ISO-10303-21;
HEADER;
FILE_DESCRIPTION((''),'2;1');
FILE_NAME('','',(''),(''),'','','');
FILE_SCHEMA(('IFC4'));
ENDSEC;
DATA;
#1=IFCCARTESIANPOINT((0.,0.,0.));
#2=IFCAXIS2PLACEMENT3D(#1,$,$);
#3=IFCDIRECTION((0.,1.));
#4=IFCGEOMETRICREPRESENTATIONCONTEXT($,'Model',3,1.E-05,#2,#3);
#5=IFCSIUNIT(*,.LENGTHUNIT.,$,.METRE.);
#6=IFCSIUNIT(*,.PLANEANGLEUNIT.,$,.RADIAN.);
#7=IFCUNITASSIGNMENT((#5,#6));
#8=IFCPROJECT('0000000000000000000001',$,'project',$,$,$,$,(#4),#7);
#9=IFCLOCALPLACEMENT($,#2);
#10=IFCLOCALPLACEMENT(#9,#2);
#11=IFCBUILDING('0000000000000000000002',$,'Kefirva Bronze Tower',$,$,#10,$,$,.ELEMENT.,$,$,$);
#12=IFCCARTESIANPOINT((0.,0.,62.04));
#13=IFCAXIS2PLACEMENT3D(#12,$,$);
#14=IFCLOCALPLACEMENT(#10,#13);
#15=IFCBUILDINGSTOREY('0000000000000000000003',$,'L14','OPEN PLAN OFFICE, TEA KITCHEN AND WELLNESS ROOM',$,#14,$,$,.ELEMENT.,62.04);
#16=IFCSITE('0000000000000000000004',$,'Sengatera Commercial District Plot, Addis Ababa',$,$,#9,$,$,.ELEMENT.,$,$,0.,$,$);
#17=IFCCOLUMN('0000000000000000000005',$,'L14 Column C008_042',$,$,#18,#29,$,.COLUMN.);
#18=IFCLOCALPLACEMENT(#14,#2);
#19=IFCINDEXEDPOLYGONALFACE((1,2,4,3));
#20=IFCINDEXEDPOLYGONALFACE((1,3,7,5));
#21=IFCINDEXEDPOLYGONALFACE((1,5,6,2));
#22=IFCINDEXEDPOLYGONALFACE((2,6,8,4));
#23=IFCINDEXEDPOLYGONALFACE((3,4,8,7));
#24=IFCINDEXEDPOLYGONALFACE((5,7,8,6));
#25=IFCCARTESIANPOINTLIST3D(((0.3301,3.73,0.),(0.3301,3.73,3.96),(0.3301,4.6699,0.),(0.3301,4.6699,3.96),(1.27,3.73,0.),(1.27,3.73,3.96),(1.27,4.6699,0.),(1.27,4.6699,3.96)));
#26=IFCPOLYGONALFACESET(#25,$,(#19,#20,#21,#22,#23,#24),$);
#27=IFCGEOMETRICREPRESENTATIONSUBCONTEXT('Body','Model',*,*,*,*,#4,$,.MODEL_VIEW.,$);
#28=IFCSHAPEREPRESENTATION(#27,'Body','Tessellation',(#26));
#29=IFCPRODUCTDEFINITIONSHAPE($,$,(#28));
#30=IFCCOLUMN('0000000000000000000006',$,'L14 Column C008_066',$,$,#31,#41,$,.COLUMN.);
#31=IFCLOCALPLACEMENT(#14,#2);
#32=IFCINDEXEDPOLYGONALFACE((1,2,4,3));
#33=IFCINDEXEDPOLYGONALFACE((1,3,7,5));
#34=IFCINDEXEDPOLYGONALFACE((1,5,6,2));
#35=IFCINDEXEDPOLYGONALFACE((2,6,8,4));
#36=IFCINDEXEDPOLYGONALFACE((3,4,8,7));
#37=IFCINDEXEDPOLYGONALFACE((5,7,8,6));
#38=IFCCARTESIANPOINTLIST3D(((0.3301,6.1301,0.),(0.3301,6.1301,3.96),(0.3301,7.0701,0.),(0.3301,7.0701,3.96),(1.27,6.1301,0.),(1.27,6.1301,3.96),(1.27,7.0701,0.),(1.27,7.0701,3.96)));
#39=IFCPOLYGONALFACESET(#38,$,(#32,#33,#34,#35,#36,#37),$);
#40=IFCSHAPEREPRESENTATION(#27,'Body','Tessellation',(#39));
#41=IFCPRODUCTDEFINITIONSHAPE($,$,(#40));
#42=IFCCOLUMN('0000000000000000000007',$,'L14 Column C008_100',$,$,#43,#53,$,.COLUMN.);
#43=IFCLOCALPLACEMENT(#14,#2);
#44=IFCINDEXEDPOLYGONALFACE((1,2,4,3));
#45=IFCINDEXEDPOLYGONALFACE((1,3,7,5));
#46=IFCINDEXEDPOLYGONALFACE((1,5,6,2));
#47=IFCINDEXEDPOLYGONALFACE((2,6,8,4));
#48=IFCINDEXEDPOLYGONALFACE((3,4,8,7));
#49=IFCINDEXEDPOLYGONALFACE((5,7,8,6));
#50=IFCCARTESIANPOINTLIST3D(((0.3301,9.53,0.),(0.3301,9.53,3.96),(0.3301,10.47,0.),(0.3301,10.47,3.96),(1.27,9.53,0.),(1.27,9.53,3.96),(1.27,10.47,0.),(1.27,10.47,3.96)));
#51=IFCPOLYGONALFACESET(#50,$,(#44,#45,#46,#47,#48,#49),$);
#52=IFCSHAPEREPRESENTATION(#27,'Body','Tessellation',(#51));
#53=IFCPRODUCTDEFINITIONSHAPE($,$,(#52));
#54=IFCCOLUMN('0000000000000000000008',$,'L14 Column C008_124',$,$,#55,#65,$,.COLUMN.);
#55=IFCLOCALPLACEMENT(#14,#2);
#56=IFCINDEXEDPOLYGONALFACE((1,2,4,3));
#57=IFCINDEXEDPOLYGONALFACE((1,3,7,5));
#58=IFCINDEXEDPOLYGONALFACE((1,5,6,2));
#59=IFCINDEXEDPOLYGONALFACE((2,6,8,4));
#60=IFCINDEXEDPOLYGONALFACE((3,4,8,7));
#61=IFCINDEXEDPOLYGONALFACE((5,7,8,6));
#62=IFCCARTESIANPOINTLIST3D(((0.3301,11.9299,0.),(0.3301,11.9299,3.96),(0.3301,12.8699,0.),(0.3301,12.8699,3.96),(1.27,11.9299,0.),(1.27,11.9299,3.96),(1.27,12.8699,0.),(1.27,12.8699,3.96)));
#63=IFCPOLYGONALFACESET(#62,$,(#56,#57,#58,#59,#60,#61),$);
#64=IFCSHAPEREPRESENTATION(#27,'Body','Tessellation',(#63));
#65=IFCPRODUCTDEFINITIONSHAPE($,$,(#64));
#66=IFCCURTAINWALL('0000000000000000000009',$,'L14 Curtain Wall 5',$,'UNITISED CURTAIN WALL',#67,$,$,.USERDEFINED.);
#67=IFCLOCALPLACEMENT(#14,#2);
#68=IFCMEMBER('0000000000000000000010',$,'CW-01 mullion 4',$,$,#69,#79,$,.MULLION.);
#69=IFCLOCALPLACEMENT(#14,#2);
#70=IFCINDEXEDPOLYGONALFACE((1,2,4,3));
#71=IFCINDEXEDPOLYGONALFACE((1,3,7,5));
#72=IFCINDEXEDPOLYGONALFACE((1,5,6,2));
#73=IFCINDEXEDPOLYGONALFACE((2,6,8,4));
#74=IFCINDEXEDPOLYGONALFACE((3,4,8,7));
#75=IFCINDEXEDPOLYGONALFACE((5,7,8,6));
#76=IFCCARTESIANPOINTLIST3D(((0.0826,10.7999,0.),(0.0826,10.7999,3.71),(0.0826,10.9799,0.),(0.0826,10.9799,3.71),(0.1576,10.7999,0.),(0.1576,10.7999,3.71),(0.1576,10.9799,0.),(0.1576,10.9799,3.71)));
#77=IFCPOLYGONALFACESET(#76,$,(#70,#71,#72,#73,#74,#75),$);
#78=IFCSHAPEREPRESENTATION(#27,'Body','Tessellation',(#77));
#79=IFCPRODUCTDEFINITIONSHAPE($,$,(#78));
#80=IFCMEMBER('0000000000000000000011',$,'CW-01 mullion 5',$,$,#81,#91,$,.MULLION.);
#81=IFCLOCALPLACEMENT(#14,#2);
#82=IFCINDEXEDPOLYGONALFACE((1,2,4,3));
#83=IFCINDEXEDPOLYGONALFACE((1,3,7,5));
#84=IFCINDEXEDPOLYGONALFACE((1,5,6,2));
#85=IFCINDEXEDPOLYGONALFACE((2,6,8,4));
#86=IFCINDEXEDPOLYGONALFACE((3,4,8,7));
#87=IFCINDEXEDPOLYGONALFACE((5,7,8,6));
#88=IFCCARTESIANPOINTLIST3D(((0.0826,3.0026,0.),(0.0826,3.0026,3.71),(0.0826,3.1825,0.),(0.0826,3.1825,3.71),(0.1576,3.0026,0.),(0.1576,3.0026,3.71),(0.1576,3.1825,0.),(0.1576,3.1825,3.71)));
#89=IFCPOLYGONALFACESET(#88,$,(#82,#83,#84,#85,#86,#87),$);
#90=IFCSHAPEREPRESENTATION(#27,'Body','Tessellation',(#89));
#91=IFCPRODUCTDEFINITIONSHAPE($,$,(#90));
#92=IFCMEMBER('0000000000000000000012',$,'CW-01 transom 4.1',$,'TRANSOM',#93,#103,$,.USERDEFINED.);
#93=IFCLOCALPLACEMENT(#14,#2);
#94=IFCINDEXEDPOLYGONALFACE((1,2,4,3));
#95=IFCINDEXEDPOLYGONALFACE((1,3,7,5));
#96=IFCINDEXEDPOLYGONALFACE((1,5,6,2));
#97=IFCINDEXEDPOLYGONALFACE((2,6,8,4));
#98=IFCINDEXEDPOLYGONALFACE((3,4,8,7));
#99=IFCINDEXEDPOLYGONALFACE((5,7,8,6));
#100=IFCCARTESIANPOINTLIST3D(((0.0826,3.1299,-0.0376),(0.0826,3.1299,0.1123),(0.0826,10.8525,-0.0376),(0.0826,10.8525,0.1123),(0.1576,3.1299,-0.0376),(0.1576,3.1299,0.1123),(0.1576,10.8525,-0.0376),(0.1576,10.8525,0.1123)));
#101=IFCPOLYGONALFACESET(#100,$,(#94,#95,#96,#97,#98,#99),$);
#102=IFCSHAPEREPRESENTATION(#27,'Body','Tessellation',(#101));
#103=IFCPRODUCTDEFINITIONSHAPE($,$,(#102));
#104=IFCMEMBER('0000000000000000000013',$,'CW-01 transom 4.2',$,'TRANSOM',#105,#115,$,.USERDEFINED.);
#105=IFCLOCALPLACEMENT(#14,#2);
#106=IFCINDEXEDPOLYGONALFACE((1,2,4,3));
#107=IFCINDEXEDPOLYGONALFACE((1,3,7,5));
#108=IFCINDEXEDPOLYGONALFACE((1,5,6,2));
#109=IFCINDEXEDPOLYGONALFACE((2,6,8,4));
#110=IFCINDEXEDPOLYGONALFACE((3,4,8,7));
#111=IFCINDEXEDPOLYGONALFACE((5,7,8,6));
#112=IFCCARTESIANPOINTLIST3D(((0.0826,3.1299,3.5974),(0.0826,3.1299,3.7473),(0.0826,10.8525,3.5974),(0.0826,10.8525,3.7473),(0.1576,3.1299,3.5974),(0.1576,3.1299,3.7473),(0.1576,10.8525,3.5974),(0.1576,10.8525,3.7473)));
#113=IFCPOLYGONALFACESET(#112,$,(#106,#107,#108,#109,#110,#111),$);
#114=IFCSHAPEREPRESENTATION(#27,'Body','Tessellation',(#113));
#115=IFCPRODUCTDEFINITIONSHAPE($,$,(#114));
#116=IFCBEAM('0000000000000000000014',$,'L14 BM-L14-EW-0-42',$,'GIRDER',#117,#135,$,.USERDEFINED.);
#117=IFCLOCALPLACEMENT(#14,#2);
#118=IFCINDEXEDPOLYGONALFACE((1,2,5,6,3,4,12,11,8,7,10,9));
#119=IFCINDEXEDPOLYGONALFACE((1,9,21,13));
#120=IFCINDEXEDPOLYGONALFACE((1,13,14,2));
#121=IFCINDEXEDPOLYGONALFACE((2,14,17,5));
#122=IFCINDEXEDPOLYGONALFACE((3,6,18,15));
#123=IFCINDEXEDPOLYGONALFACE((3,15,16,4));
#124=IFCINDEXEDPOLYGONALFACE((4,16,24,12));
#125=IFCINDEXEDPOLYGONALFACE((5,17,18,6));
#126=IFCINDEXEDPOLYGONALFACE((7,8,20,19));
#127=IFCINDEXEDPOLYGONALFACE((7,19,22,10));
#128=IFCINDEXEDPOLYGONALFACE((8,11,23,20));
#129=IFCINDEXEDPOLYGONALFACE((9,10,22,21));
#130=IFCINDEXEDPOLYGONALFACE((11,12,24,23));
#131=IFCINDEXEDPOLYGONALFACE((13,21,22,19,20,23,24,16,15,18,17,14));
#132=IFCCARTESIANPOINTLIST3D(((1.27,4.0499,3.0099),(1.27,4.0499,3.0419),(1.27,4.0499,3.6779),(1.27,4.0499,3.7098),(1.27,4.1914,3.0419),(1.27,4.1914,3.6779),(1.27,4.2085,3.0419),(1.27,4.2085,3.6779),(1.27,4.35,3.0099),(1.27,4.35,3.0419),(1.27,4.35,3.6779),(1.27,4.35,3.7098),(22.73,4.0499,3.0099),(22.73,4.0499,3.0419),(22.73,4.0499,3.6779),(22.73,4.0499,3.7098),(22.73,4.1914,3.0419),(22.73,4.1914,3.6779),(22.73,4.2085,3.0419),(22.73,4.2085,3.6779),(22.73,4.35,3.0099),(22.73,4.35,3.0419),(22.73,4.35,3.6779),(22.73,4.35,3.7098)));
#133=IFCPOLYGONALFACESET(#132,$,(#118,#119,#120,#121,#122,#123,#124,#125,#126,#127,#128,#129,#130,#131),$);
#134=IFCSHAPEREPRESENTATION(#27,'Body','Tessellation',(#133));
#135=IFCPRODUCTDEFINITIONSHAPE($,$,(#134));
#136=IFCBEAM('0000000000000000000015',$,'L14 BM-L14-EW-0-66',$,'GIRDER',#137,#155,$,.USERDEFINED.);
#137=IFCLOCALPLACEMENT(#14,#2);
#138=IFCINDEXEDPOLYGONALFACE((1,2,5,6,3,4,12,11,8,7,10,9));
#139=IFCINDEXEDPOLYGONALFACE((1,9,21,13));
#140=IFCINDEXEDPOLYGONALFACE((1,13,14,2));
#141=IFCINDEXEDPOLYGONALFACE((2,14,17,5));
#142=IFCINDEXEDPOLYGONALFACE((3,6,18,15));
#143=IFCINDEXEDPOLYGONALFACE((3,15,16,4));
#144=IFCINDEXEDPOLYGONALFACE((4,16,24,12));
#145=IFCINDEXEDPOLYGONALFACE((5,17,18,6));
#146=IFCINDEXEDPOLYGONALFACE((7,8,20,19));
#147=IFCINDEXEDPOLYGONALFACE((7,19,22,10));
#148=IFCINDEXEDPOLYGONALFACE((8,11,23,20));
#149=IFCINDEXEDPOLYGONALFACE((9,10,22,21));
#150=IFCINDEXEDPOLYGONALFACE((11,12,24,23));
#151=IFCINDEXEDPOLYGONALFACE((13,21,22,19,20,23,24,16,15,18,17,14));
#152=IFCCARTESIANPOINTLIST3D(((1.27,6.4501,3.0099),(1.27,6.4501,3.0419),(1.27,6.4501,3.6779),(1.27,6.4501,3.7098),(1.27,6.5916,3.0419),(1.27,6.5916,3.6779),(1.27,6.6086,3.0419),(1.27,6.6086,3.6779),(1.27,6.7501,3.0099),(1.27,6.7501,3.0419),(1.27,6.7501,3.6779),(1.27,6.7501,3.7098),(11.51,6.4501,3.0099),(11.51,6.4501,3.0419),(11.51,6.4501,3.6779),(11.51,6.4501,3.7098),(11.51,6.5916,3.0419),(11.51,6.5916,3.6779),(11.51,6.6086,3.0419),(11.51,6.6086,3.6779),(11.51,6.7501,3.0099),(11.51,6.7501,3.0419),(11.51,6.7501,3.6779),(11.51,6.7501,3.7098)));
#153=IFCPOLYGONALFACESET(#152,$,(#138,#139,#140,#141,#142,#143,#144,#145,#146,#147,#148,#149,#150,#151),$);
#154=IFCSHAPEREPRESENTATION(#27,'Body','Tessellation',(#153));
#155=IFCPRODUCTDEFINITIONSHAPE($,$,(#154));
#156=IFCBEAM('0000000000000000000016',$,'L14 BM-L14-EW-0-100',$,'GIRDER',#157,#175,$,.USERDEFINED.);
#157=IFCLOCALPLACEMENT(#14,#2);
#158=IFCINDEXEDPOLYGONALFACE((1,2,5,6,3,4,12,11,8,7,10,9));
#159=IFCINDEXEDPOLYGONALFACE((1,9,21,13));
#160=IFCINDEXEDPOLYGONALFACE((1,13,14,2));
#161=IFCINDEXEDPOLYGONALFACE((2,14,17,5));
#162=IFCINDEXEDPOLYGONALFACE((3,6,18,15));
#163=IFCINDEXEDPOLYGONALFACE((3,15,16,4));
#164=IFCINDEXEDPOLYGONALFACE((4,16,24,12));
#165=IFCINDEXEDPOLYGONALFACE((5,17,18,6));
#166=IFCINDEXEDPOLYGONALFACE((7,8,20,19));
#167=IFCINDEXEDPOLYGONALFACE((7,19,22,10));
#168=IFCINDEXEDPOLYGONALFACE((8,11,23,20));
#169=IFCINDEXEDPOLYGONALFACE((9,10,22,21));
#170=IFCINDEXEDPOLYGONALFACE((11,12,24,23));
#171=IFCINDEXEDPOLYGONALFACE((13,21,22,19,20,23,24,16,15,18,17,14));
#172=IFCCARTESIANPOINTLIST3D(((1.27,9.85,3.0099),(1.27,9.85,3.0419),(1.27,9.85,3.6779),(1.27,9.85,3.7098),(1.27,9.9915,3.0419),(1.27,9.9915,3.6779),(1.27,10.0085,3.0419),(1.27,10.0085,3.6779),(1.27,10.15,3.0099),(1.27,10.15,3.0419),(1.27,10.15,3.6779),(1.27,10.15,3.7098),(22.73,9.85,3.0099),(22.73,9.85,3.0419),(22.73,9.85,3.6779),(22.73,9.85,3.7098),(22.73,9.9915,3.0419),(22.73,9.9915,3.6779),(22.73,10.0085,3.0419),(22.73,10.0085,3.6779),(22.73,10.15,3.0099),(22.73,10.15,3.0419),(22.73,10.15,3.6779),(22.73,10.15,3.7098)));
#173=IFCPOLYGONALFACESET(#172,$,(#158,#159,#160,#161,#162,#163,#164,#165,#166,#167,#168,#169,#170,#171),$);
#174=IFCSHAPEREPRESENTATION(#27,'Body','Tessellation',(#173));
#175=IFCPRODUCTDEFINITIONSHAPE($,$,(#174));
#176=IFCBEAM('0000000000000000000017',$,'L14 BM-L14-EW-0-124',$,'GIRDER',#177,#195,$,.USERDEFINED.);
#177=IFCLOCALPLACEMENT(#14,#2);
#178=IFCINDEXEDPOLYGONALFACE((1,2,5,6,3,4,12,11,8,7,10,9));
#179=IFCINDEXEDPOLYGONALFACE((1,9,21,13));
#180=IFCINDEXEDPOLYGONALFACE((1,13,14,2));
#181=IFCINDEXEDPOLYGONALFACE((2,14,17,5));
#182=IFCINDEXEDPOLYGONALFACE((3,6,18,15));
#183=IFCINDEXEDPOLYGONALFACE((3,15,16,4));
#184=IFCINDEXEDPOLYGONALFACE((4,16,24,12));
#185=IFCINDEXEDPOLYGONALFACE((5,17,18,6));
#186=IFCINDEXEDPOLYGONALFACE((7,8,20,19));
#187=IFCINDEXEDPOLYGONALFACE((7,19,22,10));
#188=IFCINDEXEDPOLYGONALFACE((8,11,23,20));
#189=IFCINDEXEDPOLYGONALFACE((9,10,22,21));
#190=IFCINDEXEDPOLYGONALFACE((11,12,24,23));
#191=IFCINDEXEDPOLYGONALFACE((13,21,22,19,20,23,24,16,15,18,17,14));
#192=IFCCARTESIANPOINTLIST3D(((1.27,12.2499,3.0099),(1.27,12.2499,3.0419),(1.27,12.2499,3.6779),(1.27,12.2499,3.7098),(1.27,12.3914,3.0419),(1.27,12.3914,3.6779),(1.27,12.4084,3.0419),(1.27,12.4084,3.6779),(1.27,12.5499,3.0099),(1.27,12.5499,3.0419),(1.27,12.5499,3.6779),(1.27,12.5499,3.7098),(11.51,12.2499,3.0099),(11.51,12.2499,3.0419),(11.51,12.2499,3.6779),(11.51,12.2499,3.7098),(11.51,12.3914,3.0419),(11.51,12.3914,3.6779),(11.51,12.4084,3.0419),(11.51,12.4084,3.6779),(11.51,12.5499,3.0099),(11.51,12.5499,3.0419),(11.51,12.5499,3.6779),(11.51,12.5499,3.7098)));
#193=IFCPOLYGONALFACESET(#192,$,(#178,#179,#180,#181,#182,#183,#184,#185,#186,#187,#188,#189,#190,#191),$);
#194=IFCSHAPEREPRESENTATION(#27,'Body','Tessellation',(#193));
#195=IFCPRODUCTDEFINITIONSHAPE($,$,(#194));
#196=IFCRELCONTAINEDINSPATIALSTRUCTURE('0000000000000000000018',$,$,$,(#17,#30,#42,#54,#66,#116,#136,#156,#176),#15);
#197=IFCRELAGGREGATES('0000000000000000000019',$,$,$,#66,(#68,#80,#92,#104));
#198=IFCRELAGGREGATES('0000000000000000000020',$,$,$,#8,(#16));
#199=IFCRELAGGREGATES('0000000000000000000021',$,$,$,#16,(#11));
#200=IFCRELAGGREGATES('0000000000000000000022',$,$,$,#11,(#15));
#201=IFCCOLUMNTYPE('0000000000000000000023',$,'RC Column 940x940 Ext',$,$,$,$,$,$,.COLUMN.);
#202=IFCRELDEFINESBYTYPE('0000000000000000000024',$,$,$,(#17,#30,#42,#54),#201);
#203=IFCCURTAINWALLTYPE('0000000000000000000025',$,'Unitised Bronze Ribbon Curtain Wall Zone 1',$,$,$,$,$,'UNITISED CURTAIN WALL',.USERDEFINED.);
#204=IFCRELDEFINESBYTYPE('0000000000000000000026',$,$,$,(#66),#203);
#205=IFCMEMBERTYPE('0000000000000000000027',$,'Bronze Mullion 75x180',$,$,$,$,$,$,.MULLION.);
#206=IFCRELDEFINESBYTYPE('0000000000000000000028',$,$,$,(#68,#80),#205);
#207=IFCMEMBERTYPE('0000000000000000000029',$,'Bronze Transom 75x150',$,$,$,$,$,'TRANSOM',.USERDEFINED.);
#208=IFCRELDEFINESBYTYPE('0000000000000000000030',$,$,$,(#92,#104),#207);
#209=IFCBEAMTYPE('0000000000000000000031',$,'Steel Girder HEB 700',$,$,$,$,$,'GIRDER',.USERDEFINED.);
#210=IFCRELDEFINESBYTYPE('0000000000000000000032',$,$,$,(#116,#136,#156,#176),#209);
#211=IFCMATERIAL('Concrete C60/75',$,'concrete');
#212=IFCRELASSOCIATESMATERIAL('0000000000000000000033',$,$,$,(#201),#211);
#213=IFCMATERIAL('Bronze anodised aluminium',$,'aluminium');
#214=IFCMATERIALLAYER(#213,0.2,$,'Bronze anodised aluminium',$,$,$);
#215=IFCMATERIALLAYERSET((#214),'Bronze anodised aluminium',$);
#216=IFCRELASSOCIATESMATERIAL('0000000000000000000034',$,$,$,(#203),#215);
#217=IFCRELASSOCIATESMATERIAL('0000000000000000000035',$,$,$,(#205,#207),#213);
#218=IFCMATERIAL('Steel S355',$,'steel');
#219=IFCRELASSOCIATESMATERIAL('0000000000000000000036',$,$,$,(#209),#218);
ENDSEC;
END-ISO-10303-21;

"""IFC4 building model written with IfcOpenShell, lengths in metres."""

from ifc_helpers import new_model, si_unit, direction, frame, origin, origin_2d, place, context, subcontext, project, spatial, rectangle, i_section, extrude, material, layer, layer_set, material_profile, profile_set, type_object, element, aggregate, save


model = new_model("IFC4")

# Units and contexts
model_context = context("Model", 3, precision=1e-05, world=origin(), true_north=direction((0.0, 1.0)))
body_context = subcontext(model_context, "Body", "Model", "MODEL_VIEW")
ifc_project = project(units=[si_unit("LENGTHUNIT", "METRE"), si_unit("PLANEANGLEUNIT", "RADIAN")], contexts=[model_context])

# Site, building, storey
site_placement = place(None, origin())
site = spatial("IfcSite", under=ifc_project, at=site_placement, Name="Sengatera Commercial District Plot, Addis Ababa", CompositionType="ELEMENT", RefElevation=0.0)
building_placement = place(site_placement, origin())
building = spatial("IfcBuilding", under=site, at=building_placement, Name="Kefirva Bronze Tower", CompositionType="ELEMENT")
storey_placement = place(building_placement, frame((0.0, 0.0, 62.04)))
storey = spatial("IfcBuildingStorey", under=building, at=storey_placement, Name="L14", Description="OPEN PLAN OFFICE, TEA KITCHEN AND WELLNESS ROOM", CompositionType="ELEMENT", Elevation=62.04)

# Columns
ifc_material_1 = material(Name="Concrete C60/75", Category="concrete")
ifc_material_profile_1 = material_profile(ifc_material_1, rectangle(XDim=0.9399, YDim=0.9399, at=origin_2d()), Name="RC 940x940")
ifc_profile_set_1 = profile_set([ifc_material_profile_1], Name="Concrete C60/75")
column_type = type_object("IfcColumnType", Name="RC Column 940x940 Ext", PredefinedType="COLUMN", material=ifc_profile_set_1)
for number, where, z_axis, x_axis, name in (
    (1, (0.8, 4.2, 0.0), (0.0, 0.0, 1.0), (1.0, 0.0, 0.0), "L14 Column C008_042"),
    (2, (0.8, 6.6001, 0.0), (0.0, 0.0, 1.0), (1.0, 0.0, 0.0), "L14 Column C008_066"),
    (3, (0.8, 10.0, 0.0), (0.0, 0.0, 1.0), (1.0, 0.0, 0.0), "L14 Column C008_100"),
    (4, (0.8, 12.3999, 0.0), (0.0, 0.0, 1.0), (1.0, 0.0, 0.0), "L14 Column C008_124"),
):
    element("IfcColumn", number, at=place(storey_placement, frame(where, z_axis=z_axis, x_axis=x_axis)), inside=storey, type_object=column_type, Name=name, PredefinedType="COLUMN", context=body_context, shape_type="SweptSolid", body=[
        extrude(rectangle(XDim=0.9399, YDim=0.9399, at=origin_2d()), origin(), (0.0, 0.0, 1.0), 3.96),
    ])

# Curtain wall, members
ifc_material_2 = material(Name="Bronze anodised aluminium", Category="aluminium")
ifc_layer_1 = layer(ifc_material_2, 0.2, Name="Bronze anodised aluminium")
ifc_layer_set_1 = layer_set([ifc_layer_1], Name="Bronze anodised aluminium")
curtain_wall_type = type_object("IfcCurtainWallType", Name="Unitised Bronze Ribbon Curtain Wall Zone 1", ElementType="UNITISED CURTAIN WALL", PredefinedType="USERDEFINED", material=ifc_layer_set_1)
curtain_wall_placement = place(storey_placement, origin())
curtain_wall = element("IfcCurtainWall", 5, at=curtain_wall_placement, inside=storey, type_object=curtain_wall_type, Name="L14 Curtain Wall 5", ObjectType="UNITISED CURTAIN WALL", PredefinedType="USERDEFINED")
ifc_material_profile_2 = material_profile(ifc_material_2, rectangle(XDim=0.075, YDim=0.1799, at=origin_2d()), Name="ALU 75x180")
ifc_profile_set_2 = profile_set([ifc_material_profile_2], Name="Bronze anodised aluminium")
member_type_1 = type_object("IfcMemberType", Name="Bronze Mullion 75x180", PredefinedType="MULLION", material=ifc_profile_set_2)
member_1_placement = place(storey_placement, frame((0.1201, 10.8899, 0.0), z_axis=(0.0, 0.0, 1.0), x_axis=(1.0, 0.0, 0.0)))
member_1 = element("IfcMember", 6, at=member_1_placement, type_object=member_type_1, Name="CW-01 mullion 4", PredefinedType="MULLION", context=body_context, shape_type="SweptSolid", body=[
    extrude(rectangle(XDim=0.075, YDim=0.1799, at=origin_2d()), origin(), (0.0, 0.0, 1.0), 3.71),
])
member_2_placement = place(storey_placement, frame((0.1201, 3.0925, 0.0), z_axis=(0.0, 0.0, 1.0), x_axis=(1.0, 0.0, 0.0)))
member_2 = element("IfcMember", 7, at=member_2_placement, type_object=member_type_1, Name="CW-01 mullion 5", PredefinedType="MULLION", context=body_context, shape_type="SweptSolid", body=[
    extrude(rectangle(XDim=0.075, YDim=0.1799, at=origin_2d()), origin(), (0.0, 0.0, 1.0), 3.71),
])
ifc_material_profile_3 = material_profile(ifc_material_2, rectangle(XDim=0.075, YDim=0.1499, at=origin_2d()), Name="ALU 75x150")
ifc_profile_set_3 = profile_set([ifc_material_profile_3], Name="Bronze anodised aluminium")
member_type_2 = type_object("IfcMemberType", Name="Bronze Transom 75x150", ElementType="TRANSOM", PredefinedType="USERDEFINED", material=ifc_profile_set_3)
member_3_placement = place(storey_placement, frame((0.1201, 10.8525, 0.0374), z_axis=(0.0, -1.0, 0.0), x_axis=(1.0, 0.0, 0.0)))
member_3 = element("IfcMember", 8, at=member_3_placement, type_object=member_type_2, Name="CW-01 transom 4.1", ObjectType="TRANSOM", PredefinedType="USERDEFINED", context=body_context, shape_type="SweptSolid", body=[
    extrude(rectangle(XDim=0.075, YDim=0.1499, at=origin_2d()), origin(), (0.0, 0.0, 1.0), 7.7227),
])
member_4_placement = place(storey_placement, frame((0.1201, 10.8525, 3.6724), z_axis=(0.0, -1.0, 0.0), x_axis=(1.0, 0.0, 0.0)))
member_4 = element("IfcMember", 9, at=member_4_placement, type_object=member_type_2, Name="CW-01 transom 4.2", ObjectType="TRANSOM", PredefinedType="USERDEFINED", context=body_context, shape_type="SweptSolid", body=[
    extrude(rectangle(XDim=0.075, YDim=0.1499, at=origin_2d()), origin(), (0.0, 0.0, 1.0), 7.7227),
])

# Beams
ifc_material_3 = material(Name="Steel S355", Category="steel")
ifc_material_profile_4 = material_profile(ifc_material_3, i_section(OverallWidth=0.3, OverallDepth=0.7, WebThickness=0.0171, FlangeThickness=0.032, at=origin_2d()), Name="HEB 700")
ifc_profile_set_4 = profile_set([ifc_material_profile_4], Name="Steel S355")
beam_type_1 = type_object("IfcBeamType", Name="Steel Girder HEB 700", ElementType="GIRDER", PredefinedType="USERDEFINED", material=ifc_profile_set_4)
beam_1_placement = place(storey_placement, frame((1.27, 4.2, 3.3599), z_axis=(1.0, 0.0, 0.0), x_axis=(0.0, 1.0, 0.0)))
element("IfcBeam", 10, at=beam_1_placement, inside=storey, type_object=beam_type_1, Name="L14 BM-L14-EW-0-42", ObjectType="GIRDER", PredefinedType="USERDEFINED", context=body_context, shape_type="SweptSolid", body=[
    extrude(i_section(OverallWidth=0.3, OverallDepth=0.7, WebThickness=0.0171, FlangeThickness=0.032, at=origin_2d()), origin(), (0.0, 0.0, 1.0), 21.46),
])
beam_2_placement = place(storey_placement, frame((1.27, 6.6001, 3.3599), z_axis=(1.0, 0.0, 0.0), x_axis=(0.0, 1.0, 0.0)))
element("IfcBeam", 11, at=beam_2_placement, inside=storey, type_object=beam_type_1, Name="L14 BM-L14-EW-0-66", ObjectType="GIRDER", PredefinedType="USERDEFINED", context=body_context, shape_type="SweptSolid", body=[
    extrude(i_section(OverallWidth=0.3, OverallDepth=0.7, WebThickness=0.0171, FlangeThickness=0.032, at=origin_2d()), origin(), (0.0, 0.0, 1.0), 10.24),
])
beam_3_placement = place(storey_placement, frame((1.27, 10.0, 3.3599), z_axis=(1.0, 0.0, 0.0), x_axis=(0.0, 1.0, 0.0)))
element("IfcBeam", 12, at=beam_3_placement, inside=storey, type_object=beam_type_1, Name="L14 BM-L14-EW-0-100", ObjectType="GIRDER", PredefinedType="USERDEFINED", context=body_context, shape_type="SweptSolid", body=[
    extrude(i_section(OverallWidth=0.3, OverallDepth=0.7, WebThickness=0.0171, FlangeThickness=0.032, at=origin_2d()), origin(), (0.0, 0.0, 1.0), 21.46),
])
beam_4_placement = place(storey_placement, frame((1.27, 12.3999, 3.3599), z_axis=(1.0, 0.0, 0.0), x_axis=(0.0, 1.0, 0.0)))
element("IfcBeam", 13, at=beam_4_placement, inside=storey, type_object=beam_type_1, Name="L14 BM-L14-EW-0-124", ObjectType="GIRDER", PredefinedType="USERDEFINED", context=body_context, shape_type="SweptSolid", body=[
    extrude(i_section(OverallWidth=0.3, OverallDepth=0.7, WebThickness=0.0171, FlangeThickness=0.032, at=origin_2d()), origin(), (0.0, 0.0, 1.0), 10.24),
])

aggregate(curtain_wall, [member_1, member_2, member_3, member_4])

save(model, "model.ifc")
